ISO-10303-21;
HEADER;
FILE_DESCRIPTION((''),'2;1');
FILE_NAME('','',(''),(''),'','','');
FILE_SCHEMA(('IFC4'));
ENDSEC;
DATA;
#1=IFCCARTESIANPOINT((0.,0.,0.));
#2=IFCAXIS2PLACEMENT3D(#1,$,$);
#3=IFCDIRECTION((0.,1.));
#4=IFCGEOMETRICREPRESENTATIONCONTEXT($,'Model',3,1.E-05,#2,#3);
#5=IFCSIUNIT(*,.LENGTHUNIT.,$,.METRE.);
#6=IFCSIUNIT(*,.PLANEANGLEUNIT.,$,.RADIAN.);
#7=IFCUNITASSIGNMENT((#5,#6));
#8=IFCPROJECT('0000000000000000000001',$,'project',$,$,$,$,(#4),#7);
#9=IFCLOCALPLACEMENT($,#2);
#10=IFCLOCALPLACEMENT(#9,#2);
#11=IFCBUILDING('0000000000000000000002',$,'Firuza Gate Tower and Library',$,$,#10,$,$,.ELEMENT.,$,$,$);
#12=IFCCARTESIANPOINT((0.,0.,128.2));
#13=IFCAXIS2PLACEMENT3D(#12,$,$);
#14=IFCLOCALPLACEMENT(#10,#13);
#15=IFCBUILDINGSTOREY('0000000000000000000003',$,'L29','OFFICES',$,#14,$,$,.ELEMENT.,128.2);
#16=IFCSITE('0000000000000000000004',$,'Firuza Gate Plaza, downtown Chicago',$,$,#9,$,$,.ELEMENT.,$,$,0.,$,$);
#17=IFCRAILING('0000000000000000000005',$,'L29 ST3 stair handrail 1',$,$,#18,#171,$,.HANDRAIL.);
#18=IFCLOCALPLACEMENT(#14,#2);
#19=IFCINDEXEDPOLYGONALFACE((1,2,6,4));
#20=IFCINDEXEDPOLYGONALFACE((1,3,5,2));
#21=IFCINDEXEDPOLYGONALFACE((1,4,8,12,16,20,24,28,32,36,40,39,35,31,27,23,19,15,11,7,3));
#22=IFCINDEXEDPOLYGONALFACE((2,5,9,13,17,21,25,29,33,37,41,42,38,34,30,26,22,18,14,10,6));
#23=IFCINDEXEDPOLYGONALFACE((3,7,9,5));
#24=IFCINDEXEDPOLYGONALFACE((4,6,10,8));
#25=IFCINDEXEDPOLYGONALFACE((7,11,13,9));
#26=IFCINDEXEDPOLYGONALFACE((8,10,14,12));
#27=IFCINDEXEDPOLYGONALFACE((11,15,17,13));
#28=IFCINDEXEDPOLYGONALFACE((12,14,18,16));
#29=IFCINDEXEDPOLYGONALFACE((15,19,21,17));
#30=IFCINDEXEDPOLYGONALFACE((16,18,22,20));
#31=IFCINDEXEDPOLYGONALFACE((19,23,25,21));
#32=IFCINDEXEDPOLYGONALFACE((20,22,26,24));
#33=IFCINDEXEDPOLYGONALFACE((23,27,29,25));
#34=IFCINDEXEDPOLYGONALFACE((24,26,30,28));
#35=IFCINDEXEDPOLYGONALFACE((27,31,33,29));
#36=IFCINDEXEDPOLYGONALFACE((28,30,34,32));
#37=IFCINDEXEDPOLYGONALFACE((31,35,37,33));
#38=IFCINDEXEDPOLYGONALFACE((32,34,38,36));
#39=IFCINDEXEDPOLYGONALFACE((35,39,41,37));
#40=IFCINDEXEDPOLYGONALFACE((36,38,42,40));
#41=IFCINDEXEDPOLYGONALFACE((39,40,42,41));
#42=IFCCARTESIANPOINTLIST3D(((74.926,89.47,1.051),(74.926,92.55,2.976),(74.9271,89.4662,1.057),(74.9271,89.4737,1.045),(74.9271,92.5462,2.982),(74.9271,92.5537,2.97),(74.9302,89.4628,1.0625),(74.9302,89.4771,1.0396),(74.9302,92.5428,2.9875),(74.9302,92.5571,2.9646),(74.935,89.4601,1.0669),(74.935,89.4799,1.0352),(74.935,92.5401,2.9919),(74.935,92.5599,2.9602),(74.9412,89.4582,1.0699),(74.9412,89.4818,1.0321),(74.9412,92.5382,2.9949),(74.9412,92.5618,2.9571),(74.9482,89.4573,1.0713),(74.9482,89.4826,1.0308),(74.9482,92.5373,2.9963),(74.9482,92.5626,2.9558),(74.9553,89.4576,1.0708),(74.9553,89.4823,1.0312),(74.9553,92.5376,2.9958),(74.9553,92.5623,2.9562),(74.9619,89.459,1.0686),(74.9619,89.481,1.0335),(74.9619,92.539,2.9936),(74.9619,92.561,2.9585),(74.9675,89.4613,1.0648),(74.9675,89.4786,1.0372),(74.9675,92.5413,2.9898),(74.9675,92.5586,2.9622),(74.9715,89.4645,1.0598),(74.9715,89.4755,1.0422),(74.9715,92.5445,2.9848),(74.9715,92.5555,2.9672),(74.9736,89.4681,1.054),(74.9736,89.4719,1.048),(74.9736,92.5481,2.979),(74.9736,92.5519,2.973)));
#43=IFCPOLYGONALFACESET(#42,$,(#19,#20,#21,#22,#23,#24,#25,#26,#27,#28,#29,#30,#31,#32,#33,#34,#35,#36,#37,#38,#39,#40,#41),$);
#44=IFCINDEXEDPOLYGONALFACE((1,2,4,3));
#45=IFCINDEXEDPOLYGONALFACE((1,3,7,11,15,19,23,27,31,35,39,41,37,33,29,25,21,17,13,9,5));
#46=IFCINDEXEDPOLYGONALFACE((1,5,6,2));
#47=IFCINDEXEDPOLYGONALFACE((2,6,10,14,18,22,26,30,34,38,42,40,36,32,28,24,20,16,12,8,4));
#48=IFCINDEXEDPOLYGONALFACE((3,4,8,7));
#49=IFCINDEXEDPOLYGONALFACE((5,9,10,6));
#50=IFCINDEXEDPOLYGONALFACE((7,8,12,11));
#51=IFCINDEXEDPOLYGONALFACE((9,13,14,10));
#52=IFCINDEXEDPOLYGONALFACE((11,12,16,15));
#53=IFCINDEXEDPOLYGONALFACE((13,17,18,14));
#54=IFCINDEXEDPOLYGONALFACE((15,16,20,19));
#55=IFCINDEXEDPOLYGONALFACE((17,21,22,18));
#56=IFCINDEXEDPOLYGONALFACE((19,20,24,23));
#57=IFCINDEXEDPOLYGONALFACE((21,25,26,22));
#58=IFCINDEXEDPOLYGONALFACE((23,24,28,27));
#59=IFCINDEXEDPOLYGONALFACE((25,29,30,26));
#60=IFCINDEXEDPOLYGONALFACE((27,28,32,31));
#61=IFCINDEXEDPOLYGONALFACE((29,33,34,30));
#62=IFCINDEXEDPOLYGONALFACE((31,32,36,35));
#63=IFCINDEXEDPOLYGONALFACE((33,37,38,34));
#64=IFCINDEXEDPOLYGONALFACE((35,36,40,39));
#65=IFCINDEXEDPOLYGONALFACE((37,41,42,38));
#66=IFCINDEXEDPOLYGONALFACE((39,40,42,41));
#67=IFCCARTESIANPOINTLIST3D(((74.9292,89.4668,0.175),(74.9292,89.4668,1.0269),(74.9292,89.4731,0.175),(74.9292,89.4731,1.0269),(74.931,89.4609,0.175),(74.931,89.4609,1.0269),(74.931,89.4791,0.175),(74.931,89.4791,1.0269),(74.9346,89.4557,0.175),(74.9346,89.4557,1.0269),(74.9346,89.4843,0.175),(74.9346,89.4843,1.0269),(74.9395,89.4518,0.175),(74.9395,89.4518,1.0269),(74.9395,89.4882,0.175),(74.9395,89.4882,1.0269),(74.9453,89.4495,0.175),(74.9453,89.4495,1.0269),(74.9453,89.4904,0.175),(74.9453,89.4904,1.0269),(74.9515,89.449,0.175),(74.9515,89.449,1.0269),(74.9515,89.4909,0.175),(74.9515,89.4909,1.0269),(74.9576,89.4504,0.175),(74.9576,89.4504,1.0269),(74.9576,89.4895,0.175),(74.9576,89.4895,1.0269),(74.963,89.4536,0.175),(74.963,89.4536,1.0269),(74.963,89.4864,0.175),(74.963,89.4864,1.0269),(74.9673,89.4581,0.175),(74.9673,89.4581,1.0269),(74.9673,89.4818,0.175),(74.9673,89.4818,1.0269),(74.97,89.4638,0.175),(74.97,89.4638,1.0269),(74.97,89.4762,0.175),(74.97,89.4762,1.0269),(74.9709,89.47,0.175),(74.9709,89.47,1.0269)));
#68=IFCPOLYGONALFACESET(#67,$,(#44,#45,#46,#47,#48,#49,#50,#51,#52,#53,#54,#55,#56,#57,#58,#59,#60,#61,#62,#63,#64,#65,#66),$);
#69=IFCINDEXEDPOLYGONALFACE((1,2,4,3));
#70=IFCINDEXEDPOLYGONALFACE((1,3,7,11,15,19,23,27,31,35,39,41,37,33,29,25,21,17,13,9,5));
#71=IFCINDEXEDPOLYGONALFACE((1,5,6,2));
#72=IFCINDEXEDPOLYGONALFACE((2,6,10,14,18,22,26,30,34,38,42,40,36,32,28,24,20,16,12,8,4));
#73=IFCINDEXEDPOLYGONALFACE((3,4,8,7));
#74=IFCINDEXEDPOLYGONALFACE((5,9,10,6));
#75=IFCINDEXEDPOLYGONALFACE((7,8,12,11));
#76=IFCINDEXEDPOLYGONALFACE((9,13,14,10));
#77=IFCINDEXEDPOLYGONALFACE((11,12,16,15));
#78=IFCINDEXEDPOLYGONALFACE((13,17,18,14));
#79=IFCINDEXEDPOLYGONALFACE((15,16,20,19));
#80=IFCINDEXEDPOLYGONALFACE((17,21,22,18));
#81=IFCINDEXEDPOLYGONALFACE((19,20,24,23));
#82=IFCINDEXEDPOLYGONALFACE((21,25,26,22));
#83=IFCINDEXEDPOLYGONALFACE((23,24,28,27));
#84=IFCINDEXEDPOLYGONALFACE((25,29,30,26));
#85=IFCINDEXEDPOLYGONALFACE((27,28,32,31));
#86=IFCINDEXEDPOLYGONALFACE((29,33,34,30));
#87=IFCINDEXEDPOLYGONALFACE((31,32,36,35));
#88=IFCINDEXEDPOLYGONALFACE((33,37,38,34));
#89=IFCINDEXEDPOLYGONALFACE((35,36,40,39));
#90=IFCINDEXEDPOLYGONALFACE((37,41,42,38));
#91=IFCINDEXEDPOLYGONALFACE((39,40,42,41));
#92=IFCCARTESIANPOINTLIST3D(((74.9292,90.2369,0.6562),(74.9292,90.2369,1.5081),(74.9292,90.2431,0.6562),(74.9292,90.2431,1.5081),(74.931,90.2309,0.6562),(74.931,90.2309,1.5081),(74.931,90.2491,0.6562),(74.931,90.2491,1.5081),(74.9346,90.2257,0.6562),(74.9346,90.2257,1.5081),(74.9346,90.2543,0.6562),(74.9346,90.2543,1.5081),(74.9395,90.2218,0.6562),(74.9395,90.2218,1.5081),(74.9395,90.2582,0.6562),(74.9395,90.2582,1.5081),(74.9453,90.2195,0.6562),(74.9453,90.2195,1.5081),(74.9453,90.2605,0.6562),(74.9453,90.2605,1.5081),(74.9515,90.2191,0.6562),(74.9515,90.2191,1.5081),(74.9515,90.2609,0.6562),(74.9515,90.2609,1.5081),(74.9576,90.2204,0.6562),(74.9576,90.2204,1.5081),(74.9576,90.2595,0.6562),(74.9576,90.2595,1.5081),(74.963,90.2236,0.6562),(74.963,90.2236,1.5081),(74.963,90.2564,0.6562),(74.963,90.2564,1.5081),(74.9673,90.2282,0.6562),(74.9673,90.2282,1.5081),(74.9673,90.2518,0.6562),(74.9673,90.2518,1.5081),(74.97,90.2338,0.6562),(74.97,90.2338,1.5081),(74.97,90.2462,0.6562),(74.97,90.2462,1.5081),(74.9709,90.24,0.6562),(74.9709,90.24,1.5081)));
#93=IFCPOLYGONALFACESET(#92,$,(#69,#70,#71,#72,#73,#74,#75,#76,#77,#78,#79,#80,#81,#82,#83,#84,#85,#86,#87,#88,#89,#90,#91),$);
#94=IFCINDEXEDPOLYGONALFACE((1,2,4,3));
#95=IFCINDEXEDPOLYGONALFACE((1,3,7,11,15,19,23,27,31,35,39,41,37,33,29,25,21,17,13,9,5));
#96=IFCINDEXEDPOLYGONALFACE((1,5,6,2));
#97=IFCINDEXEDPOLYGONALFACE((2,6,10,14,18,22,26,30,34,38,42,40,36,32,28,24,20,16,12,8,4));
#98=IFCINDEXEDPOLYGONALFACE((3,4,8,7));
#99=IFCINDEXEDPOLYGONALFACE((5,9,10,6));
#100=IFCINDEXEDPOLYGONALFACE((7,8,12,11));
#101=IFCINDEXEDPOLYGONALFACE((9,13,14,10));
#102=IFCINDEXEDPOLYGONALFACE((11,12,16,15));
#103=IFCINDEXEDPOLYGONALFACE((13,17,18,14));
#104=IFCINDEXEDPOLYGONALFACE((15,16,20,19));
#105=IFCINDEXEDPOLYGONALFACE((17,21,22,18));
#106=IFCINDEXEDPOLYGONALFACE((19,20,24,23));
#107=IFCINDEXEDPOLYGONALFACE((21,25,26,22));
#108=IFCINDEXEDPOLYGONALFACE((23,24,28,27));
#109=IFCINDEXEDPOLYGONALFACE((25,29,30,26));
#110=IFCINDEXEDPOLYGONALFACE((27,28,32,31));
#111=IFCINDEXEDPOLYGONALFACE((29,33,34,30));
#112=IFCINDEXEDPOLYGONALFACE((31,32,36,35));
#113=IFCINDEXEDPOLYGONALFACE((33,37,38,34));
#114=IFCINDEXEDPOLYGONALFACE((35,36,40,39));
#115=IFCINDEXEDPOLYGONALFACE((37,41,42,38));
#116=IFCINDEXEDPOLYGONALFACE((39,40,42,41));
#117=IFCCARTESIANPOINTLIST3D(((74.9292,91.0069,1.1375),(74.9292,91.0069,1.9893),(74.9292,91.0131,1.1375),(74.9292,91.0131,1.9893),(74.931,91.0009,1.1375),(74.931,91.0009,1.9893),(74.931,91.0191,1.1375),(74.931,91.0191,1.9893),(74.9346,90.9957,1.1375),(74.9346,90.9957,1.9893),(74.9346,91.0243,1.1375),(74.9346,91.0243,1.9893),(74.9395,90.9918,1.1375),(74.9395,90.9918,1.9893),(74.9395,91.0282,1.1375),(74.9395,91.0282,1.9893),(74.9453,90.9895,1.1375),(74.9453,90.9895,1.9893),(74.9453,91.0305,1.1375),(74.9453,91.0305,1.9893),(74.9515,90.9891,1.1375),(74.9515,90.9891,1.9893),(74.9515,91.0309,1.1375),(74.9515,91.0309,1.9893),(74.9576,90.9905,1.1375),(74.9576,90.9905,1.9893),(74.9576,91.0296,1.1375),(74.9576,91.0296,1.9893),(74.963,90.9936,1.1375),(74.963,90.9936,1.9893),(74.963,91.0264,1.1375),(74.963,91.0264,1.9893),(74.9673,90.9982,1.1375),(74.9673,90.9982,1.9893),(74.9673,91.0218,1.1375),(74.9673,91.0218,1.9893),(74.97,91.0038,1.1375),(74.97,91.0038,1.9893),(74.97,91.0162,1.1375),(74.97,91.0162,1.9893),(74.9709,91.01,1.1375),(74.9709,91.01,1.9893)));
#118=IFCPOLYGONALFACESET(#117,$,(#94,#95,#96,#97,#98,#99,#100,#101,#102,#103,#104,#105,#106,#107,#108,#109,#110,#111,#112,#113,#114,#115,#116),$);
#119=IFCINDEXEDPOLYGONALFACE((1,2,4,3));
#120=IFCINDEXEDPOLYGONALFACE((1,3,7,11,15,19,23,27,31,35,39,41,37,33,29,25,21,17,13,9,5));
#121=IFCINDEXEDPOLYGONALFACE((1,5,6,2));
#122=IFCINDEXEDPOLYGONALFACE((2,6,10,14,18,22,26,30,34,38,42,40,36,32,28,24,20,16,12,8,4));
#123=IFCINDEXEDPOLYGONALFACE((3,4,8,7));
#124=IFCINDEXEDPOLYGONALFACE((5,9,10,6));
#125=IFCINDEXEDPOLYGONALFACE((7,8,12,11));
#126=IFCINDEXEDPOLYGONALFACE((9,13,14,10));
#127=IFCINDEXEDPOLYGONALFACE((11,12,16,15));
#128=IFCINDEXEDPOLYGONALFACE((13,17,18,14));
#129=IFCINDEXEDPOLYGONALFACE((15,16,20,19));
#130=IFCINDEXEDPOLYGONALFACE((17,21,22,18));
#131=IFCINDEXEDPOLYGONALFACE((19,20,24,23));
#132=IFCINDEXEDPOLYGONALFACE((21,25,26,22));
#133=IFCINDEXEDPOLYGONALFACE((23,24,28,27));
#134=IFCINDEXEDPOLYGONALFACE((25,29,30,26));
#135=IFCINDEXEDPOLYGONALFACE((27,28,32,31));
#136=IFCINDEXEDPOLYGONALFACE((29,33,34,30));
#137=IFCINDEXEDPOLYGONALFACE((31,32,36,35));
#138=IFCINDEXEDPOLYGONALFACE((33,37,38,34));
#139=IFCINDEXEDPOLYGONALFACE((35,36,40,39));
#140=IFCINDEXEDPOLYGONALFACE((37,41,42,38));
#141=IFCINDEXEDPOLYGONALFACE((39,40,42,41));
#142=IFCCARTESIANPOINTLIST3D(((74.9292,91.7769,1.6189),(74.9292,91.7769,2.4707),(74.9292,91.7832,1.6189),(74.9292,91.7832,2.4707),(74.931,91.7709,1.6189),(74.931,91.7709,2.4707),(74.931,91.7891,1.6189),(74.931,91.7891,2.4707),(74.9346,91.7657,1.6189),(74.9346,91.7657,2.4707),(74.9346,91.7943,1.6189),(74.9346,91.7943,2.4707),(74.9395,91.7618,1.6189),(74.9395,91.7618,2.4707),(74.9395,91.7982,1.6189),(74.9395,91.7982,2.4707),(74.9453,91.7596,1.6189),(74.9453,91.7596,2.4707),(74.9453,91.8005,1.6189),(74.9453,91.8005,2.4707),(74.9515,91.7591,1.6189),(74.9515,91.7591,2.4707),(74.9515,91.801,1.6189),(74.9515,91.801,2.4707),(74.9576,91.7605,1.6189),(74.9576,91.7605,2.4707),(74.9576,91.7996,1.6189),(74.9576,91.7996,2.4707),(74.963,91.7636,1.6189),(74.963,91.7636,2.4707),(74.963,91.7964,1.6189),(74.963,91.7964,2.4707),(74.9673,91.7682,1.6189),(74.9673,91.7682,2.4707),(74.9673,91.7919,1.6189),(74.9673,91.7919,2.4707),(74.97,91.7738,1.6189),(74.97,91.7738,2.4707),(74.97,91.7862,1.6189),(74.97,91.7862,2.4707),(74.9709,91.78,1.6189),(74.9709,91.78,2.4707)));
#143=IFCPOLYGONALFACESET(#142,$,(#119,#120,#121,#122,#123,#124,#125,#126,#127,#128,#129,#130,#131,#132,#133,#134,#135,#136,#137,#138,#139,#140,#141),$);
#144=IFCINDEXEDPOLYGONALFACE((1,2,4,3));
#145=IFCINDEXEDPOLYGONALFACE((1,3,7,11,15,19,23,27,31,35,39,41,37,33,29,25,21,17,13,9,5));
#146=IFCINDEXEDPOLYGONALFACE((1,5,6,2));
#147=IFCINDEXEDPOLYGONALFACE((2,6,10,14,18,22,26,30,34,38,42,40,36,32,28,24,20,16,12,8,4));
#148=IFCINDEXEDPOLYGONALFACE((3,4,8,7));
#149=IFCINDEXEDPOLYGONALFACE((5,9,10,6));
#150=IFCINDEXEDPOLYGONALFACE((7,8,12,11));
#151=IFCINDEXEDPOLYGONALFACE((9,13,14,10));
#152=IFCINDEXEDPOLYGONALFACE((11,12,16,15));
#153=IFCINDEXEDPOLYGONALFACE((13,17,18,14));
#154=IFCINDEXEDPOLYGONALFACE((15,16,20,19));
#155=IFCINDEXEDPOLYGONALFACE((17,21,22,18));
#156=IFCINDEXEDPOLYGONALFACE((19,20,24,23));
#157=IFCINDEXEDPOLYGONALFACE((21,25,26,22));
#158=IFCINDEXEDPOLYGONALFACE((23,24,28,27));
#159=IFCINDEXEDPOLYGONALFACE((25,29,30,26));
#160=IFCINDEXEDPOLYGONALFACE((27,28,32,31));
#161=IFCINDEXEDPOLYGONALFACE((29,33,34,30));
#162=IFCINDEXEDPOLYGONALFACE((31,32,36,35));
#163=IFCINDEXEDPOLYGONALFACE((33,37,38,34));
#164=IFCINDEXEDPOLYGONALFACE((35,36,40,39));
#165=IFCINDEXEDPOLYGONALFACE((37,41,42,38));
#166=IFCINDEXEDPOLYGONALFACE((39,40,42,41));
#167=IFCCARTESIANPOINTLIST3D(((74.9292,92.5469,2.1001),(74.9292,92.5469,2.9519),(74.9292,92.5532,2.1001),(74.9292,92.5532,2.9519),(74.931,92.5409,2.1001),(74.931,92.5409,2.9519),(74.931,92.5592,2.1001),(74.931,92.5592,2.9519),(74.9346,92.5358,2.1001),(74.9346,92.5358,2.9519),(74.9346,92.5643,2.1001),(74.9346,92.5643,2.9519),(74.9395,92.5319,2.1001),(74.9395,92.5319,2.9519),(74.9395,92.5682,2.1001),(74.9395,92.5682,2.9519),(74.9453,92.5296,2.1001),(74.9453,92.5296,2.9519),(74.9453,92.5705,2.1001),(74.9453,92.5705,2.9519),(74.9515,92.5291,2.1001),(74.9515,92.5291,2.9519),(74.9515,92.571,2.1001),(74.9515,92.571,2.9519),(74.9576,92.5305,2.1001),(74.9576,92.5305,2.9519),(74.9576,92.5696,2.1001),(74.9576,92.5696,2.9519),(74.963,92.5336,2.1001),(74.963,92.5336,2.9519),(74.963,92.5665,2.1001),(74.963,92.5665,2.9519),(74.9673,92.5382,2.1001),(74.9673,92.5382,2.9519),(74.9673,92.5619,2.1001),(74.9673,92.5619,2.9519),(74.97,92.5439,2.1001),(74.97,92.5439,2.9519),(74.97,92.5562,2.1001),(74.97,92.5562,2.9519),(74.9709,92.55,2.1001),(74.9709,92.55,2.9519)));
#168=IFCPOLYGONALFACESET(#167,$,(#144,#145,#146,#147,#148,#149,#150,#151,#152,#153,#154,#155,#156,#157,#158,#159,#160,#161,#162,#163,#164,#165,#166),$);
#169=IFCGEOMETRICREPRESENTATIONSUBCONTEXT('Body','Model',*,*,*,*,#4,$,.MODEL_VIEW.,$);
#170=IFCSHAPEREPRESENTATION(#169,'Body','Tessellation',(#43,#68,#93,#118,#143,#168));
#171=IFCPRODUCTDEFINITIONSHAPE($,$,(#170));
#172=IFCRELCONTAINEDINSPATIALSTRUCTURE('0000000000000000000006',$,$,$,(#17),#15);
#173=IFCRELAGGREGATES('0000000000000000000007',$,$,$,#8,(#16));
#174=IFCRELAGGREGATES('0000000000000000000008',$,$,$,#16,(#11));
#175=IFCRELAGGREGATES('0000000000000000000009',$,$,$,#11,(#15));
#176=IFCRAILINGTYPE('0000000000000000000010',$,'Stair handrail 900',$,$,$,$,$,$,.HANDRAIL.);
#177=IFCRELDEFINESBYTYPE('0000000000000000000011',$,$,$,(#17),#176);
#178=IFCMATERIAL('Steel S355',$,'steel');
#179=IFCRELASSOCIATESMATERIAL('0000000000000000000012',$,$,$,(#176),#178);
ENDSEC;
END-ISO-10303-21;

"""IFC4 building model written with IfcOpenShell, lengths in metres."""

from ifc_helpers import new_model, si_unit, direction, frame, origin, origin_2d, place, context, subcontext, project, spatial, circle, extrude, material, type_object, element, save


model = new_model("IFC4")

# Units and contexts
model_context = context("Model", 3, precision=1e-05, world=origin(), true_north=direction((0.0, 1.0)))
body_context = subcontext(model_context, "Body", "Model", "MODEL_VIEW")
ifc_project = project(units=[si_unit("LENGTHUNIT", "METRE"), si_unit("PLANEANGLEUNIT", "RADIAN")], contexts=[model_context])

# Site, building, storey
site_placement = place(None, origin())
site = spatial("IfcSite", under=ifc_project, at=site_placement, Name="Firuza Gate Plaza, downtown Chicago", CompositionType="ELEMENT", RefElevation=0.0)
building_placement = place(site_placement, origin())
building = spatial("IfcBuilding", under=site, at=building_placement, Name="Firuza Gate Tower and Library", CompositionType="ELEMENT")
storey_placement = place(building_placement, frame((0.0, 0.0, 128.2)))
storey = spatial("IfcBuildingStorey", under=building, at=storey_placement, Name="L29", Description="OFFICES", CompositionType="ELEMENT", Elevation=128.2)

# Railing
ifc_material_1 = material(Name="Steel S355", Category="steel")
railing_type = type_object("IfcRailingType", Name="Stair handrail 900", PredefinedType="HANDRAIL", material=ifc_material_1)
railing_placement = place(storey_placement, frame((74.95, 89.47, 0.175)))
element("IfcRailing", 1, at=railing_placement, inside=storey, type_object=railing_type, Name="L29 ST3 stair handrail 1", PredefinedType="HANDRAIL", context=body_context, shape_type="SweptSolid", body=[
    extrude(circle(Radius=0.0239, at=origin_2d()), frame((0.0, 0.0, 0.876), z_axis=(0.0, 0.847998, 0.529999), x_axis=(-1.0, 0.0, 0.0)), (0.0, 0.0, 1.0), 3.6321),
    extrude(circle(Radius=0.021, at=origin_2d()), origin(), (0.0, 0.0, 1.0), 0.8518),
    extrude(circle(Radius=0.021, at=origin_2d()), frame((0.0, 0.77, 0.4812)), (0.0, 0.0, 1.0), 0.8518),
    extrude(circle(Radius=0.021, at=origin_2d()), frame((0.0, 1.54, 0.9624)), (0.0, 0.0, 1.0), 0.8518),
    extrude(circle(Radius=0.021, at=origin_2d()), frame((0.0, 2.3101, 1.4438)), (0.0, 0.0, 1.0), 0.8518),
    extrude(circle(Radius=0.021, at=origin_2d()), frame((0.0, 3.0801, 1.925)), (0.0, 0.0, 1.0), 0.8518),
])

save(model, "model.ifc")
